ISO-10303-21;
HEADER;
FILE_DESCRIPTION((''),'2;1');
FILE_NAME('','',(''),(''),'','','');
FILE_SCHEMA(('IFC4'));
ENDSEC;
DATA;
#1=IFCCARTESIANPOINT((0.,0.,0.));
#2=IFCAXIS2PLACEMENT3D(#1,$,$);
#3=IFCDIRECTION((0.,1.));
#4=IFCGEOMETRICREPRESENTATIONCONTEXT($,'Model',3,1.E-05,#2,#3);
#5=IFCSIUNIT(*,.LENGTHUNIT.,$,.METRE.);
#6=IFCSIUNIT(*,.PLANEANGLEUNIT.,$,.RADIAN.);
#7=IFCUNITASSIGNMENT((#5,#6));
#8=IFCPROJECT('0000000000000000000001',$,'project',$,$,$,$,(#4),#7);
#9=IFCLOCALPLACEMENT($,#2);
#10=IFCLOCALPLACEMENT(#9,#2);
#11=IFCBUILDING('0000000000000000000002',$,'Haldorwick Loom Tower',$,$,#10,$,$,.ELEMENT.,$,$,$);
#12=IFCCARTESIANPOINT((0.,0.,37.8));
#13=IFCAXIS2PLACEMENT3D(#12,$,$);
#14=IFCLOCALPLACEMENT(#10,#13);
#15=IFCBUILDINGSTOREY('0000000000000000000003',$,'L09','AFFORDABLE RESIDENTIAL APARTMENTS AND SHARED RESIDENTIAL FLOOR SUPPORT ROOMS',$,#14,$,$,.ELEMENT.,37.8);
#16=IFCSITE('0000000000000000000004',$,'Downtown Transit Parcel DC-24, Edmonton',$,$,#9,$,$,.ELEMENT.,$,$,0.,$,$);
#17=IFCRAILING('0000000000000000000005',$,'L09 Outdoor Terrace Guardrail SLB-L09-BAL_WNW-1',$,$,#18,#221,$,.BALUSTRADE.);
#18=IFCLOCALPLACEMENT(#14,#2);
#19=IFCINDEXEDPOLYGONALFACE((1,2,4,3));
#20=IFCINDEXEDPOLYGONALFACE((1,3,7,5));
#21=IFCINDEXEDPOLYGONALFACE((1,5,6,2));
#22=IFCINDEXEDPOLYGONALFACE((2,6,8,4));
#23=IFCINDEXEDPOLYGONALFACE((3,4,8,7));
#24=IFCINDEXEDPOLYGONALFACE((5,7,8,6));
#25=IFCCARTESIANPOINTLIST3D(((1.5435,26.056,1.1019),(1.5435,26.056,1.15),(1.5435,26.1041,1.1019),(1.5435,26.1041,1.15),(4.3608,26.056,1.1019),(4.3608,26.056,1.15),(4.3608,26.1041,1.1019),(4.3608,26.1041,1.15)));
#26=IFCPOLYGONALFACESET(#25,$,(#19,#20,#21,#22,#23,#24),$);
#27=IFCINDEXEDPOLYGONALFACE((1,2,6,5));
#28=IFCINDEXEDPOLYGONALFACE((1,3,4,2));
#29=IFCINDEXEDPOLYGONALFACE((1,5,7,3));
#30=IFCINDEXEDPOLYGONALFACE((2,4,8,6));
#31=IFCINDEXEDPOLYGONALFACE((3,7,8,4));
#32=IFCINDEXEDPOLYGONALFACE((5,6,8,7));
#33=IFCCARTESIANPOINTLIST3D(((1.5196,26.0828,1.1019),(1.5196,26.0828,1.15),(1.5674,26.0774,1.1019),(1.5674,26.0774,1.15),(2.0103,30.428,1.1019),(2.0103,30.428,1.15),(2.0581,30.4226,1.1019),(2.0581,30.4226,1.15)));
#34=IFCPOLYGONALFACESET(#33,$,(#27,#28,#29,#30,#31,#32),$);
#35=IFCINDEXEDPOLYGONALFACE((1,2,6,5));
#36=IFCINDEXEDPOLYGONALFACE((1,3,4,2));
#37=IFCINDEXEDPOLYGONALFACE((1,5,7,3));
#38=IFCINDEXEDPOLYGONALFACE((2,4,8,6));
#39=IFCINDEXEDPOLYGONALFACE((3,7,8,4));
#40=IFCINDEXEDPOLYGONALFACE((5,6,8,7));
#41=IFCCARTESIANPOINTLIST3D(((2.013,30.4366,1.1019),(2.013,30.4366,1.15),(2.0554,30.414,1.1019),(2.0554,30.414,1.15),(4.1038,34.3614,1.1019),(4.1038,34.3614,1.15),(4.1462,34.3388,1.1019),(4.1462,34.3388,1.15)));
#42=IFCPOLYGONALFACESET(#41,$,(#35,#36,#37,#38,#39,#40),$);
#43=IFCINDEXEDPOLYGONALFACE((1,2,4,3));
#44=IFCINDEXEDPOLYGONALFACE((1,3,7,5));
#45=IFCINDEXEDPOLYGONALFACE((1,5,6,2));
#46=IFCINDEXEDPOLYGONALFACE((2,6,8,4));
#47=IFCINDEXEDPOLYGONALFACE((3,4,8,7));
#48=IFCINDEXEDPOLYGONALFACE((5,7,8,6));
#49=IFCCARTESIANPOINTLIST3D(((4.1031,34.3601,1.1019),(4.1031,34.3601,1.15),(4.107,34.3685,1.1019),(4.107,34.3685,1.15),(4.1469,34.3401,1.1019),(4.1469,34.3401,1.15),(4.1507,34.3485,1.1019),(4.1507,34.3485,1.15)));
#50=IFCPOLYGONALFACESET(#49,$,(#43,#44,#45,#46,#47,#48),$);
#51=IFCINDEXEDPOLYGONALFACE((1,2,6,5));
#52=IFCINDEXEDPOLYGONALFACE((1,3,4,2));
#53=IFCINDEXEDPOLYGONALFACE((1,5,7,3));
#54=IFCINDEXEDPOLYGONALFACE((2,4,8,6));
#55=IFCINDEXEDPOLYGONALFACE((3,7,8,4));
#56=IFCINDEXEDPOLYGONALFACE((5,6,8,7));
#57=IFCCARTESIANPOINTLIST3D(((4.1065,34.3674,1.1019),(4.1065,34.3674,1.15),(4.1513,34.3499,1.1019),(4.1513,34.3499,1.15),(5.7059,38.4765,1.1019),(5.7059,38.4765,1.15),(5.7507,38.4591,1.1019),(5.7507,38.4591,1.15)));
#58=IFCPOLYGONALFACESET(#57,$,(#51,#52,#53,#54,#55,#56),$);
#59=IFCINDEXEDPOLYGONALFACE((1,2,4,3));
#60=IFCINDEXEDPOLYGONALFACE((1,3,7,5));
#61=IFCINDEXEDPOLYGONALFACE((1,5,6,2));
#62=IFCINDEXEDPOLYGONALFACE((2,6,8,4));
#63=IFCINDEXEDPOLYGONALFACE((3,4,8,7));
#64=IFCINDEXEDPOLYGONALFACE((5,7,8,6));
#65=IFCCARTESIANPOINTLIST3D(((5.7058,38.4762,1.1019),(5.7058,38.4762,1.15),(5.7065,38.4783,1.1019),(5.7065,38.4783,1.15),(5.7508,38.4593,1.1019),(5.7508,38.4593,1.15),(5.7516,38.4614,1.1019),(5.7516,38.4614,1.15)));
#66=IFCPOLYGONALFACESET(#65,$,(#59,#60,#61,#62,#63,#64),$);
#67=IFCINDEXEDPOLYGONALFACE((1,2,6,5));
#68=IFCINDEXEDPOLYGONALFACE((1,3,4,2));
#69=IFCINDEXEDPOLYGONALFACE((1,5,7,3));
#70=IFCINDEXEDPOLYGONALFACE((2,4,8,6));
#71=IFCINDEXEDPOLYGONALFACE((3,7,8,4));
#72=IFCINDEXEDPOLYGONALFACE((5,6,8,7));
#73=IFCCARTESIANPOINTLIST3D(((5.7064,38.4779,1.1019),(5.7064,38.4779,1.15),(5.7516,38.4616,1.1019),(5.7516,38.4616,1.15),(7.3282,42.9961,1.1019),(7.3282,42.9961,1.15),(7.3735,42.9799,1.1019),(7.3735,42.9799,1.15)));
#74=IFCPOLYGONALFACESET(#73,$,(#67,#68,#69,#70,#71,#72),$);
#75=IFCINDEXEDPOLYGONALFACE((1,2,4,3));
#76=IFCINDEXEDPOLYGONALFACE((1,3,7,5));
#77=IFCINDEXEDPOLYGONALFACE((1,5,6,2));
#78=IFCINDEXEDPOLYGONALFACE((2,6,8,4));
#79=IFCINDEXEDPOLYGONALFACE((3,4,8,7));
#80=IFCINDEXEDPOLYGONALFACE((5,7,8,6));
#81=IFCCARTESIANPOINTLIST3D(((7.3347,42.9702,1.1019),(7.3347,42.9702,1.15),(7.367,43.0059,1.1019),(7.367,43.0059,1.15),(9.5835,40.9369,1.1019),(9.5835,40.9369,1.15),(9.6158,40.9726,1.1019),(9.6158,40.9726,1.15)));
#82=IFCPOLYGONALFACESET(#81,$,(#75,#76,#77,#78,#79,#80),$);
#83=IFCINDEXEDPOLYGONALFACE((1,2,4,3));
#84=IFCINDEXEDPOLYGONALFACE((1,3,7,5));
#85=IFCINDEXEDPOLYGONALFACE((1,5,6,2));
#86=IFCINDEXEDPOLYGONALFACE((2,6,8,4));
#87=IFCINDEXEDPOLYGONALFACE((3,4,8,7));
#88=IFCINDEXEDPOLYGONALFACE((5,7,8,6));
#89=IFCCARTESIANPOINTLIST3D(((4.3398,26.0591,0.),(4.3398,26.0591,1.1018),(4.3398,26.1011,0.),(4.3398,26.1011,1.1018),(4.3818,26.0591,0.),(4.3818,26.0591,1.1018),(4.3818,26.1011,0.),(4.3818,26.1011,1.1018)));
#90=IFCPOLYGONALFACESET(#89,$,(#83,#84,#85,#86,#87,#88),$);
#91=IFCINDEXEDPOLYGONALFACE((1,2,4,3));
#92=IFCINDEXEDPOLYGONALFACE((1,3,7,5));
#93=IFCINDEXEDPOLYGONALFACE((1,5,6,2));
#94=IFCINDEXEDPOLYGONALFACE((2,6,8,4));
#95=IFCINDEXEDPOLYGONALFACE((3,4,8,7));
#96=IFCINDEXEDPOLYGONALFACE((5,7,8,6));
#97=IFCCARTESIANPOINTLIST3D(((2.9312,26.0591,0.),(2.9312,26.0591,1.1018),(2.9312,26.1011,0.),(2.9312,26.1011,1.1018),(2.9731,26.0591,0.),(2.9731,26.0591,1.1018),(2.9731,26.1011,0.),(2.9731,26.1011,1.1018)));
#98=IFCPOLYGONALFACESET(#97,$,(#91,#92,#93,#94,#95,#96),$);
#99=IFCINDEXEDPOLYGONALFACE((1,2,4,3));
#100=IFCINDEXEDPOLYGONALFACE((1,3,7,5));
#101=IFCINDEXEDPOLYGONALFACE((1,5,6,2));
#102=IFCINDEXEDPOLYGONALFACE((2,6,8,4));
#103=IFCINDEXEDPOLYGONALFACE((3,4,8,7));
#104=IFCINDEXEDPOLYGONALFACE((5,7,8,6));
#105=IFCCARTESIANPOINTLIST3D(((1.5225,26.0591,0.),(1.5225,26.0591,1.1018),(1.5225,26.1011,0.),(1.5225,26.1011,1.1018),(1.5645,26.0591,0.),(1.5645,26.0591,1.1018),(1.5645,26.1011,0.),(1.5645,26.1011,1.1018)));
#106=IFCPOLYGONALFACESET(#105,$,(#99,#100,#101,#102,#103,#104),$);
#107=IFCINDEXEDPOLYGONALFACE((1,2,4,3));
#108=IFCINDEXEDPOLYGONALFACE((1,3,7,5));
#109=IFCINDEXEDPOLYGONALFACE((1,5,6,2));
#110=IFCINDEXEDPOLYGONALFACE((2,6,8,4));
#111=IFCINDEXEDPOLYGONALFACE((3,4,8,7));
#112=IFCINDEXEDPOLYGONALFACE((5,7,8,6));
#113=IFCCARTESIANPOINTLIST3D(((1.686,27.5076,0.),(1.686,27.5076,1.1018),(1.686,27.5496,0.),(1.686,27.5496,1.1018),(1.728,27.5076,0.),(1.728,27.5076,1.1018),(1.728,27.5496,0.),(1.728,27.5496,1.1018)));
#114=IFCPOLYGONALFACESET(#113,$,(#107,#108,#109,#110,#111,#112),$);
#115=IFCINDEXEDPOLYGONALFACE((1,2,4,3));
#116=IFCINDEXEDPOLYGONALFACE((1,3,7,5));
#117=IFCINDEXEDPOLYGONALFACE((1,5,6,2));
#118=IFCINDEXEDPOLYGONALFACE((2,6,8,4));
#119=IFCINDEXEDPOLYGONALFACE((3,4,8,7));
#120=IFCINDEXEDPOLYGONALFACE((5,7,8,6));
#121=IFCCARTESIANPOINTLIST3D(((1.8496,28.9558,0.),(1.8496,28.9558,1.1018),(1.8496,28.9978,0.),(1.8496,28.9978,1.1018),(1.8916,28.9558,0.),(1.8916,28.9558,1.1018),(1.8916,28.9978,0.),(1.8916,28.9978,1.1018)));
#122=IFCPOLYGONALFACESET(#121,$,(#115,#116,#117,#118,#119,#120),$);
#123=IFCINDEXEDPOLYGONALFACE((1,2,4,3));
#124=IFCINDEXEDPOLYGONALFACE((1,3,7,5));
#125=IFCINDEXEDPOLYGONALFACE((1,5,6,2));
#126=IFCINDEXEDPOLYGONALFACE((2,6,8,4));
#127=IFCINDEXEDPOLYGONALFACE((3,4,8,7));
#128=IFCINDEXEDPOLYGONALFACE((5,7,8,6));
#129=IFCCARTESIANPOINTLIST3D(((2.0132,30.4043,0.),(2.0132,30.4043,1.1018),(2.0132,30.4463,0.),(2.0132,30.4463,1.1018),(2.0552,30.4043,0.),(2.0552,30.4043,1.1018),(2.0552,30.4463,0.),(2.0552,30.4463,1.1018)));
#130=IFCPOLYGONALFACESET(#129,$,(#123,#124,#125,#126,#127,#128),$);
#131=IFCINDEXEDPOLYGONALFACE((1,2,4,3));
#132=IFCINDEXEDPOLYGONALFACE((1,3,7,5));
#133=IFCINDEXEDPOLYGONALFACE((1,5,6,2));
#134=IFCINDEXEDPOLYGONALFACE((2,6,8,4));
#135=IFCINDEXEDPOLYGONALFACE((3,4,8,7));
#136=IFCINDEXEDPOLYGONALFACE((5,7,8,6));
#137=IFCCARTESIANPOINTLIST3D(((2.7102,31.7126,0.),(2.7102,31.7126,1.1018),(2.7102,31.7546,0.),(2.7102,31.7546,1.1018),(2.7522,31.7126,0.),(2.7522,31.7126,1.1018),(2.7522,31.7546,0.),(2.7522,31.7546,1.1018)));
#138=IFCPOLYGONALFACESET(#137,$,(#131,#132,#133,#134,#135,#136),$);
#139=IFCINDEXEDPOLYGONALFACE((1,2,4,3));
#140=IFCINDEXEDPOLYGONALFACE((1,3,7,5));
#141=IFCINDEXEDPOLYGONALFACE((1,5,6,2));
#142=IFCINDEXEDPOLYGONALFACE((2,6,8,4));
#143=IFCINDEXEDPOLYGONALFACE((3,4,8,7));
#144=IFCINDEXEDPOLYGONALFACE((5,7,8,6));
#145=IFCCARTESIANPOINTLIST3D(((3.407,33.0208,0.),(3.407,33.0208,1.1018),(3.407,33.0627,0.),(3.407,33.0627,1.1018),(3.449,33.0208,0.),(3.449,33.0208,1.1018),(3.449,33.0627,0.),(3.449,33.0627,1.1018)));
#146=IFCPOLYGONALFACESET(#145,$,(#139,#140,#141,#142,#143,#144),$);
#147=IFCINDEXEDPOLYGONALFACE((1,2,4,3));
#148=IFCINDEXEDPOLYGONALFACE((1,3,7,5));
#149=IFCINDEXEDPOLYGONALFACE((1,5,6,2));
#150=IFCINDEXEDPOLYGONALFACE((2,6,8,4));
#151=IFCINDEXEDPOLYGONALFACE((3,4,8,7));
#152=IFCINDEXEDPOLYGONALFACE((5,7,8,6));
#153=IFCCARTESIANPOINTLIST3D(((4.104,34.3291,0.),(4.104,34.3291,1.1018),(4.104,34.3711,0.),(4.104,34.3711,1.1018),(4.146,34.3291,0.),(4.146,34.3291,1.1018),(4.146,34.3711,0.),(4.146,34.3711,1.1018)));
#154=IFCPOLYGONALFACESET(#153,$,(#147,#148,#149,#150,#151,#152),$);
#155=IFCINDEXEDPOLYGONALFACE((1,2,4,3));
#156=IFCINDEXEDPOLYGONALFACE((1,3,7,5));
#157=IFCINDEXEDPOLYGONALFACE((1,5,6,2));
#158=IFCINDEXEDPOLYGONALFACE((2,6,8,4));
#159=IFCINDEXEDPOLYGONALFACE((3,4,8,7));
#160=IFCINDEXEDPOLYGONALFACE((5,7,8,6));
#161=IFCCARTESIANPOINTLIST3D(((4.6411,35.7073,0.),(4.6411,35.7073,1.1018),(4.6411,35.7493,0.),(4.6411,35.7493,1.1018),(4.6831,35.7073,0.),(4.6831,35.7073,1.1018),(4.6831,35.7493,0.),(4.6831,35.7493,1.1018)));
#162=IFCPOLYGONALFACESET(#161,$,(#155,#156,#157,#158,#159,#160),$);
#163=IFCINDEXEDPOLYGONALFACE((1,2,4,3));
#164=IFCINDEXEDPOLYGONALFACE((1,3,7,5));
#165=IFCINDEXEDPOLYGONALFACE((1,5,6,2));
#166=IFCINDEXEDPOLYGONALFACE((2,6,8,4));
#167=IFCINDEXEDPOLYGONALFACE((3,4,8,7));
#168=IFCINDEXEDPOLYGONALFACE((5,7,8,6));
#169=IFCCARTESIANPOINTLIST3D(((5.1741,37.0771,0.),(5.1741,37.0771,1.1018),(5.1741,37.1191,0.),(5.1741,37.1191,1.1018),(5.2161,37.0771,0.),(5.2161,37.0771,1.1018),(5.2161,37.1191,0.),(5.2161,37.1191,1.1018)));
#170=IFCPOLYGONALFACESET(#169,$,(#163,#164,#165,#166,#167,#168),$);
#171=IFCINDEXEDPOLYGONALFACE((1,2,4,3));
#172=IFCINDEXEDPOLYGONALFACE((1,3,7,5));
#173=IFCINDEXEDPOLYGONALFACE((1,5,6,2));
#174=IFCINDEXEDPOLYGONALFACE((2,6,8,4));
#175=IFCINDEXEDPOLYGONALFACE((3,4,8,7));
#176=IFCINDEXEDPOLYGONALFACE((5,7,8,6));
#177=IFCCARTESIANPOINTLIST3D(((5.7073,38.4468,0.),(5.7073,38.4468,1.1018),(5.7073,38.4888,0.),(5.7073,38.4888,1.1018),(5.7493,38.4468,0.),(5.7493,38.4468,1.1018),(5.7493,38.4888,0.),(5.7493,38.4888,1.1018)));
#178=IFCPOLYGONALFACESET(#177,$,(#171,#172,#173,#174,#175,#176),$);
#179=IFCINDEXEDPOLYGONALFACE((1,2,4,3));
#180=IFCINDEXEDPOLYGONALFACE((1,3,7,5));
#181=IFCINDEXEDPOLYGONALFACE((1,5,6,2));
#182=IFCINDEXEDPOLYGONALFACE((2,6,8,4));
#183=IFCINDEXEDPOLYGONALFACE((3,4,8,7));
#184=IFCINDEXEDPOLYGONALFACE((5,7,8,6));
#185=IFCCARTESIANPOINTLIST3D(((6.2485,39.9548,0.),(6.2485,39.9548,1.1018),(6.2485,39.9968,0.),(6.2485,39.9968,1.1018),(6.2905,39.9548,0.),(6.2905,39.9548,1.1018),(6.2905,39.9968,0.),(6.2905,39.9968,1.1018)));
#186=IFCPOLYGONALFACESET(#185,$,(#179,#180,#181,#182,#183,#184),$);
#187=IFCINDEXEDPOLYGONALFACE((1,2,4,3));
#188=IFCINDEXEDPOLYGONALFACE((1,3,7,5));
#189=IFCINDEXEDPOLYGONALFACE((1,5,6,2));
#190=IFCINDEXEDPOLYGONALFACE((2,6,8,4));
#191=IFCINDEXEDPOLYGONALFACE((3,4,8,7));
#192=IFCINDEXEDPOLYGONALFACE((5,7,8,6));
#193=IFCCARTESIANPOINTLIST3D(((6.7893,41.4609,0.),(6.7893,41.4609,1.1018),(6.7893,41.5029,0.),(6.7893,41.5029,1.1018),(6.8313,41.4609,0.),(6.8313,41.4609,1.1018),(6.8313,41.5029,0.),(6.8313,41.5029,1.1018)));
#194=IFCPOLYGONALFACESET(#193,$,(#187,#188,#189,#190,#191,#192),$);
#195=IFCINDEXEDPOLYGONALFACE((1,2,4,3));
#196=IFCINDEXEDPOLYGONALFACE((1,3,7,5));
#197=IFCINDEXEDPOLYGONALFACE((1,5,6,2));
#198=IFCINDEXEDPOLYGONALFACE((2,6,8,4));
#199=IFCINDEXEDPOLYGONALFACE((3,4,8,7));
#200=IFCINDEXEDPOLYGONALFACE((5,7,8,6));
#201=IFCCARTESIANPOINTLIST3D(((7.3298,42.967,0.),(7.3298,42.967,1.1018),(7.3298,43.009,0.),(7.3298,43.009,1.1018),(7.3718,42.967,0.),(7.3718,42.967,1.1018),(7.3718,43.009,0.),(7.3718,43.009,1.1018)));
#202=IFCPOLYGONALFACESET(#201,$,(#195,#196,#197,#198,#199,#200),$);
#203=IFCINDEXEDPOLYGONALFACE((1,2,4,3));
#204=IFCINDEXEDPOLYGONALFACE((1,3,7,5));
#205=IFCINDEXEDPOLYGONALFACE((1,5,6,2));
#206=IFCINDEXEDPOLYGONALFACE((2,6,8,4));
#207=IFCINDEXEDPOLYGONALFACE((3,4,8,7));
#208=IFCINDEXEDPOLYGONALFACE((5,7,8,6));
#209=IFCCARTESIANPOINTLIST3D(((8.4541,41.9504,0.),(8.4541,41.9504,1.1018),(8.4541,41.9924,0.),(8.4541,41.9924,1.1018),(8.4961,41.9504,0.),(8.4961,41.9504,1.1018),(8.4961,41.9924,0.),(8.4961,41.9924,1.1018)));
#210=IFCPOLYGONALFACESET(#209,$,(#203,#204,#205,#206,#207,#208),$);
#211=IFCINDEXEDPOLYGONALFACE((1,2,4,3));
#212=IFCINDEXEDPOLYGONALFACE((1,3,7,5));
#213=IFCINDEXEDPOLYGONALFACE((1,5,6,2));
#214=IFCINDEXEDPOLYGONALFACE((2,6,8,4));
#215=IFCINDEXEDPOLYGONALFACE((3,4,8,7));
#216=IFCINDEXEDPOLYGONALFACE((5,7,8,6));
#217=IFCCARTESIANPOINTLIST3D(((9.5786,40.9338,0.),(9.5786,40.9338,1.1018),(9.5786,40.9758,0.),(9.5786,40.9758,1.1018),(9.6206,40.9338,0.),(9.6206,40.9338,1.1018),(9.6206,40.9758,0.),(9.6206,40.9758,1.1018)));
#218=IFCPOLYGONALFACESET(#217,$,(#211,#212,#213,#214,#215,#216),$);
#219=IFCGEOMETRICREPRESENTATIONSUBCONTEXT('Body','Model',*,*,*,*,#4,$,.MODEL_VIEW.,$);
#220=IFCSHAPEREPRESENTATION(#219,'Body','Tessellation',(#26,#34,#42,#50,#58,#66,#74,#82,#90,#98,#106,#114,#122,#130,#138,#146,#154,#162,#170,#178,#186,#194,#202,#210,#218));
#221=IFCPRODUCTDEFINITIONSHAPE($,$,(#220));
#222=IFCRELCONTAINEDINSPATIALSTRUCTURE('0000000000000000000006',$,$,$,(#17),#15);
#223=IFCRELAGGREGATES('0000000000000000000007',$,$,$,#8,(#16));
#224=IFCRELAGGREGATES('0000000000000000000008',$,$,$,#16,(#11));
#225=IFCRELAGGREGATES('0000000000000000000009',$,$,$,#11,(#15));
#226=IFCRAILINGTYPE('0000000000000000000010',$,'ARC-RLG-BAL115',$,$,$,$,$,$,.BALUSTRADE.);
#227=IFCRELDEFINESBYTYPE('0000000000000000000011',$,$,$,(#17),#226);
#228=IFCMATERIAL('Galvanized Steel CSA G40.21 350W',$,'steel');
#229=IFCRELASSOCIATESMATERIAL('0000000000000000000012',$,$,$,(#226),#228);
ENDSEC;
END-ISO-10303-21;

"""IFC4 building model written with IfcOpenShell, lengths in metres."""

from ifc_helpers import new_model, si_unit, direction, frame, origin, origin_2d, place, context, subcontext, project, spatial, rectangle, extrude, material, type_object, element, save


model = new_model("IFC4")

# Units and contexts
model_context = context("Model", 3, precision=1e-05, world=origin(), true_north=direction((0.0, 1.0)))
body_context = subcontext(model_context, "Body", "Model", "MODEL_VIEW")
ifc_project = project(units=[si_unit("LENGTHUNIT", "METRE"), si_unit("PLANEANGLEUNIT", "RADIAN")], contexts=[model_context])

# Site, building, storey
site_placement = place(None, origin())
site = spatial("IfcSite", under=ifc_project, at=site_placement, Name="Downtown Transit Parcel DC-24, Edmonton", CompositionType="ELEMENT", RefElevation=0.0)
building_placement = place(site_placement, origin())
building = spatial("IfcBuilding", under=site, at=building_placement, Name="Haldorwick Loom Tower", CompositionType="ELEMENT")
storey_placement = place(building_placement, frame((0.0, 0.0, 37.8)))
storey = spatial("IfcBuildingStorey", under=building, at=storey_placement, Name="L09", Description="AFFORDABLE RESIDENTIAL APARTMENTS AND SHARED RESIDENTIAL FLOOR SUPPORT ROOMS", CompositionType="ELEMENT", Elevation=37.8)

# Railing
ifc_material_1 = material(Name="Galvanized Steel CSA G40.21 350W", Category="steel")
railing_type = type_object("IfcRailingType", Name="ARC-RLG-BAL115", PredefinedType="BALUSTRADE", material=ifc_material_1)
railing_placement = place(storey_placement, frame((4.3608, 26.0801, 0.0)))
element("IfcRailing", 1, at=railing_placement, inside=storey, type_object=railing_type, Name="L09 Outdoor Terrace Guardrail SLB-L09-BAL_WNW-1", PredefinedType="BALUSTRADE", context=body_context, shape_type="SweptSolid", body=[
    extrude(rectangle(XDim=0.0481, YDim=0.0481, at=origin_2d()), frame((0.0, 0.0, 1.126), z_axis=(-1.0, 0.0, 0.0), x_axis=(0.0, -1.0, 0.0)), (0.0, 0.0, 1.0), 2.8174),
    extrude(rectangle(XDim=0.0481, YDim=0.0481, at=origin_2d()), frame((-2.8174, 0.0, 1.126), z_axis=(0.112221, 0.993683, 0.0), x_axis=(-0.993683, 0.112221, 0.0)), (0.0, 0.0, 1.0), 4.3728),
    extrude(rectangle(XDim=0.0481, YDim=0.0481, at=origin_2d()), frame((-2.3267, 4.3452, 1.126), z_axis=(0.470166, 0.882578, 0.0), x_axis=(-0.882578, 0.470166, 0.0)), (0.0, 0.0, 1.0), 4.447),
    extrude(rectangle(XDim=0.0481, YDim=0.0481, at=origin_2d()), frame((-0.2358, 8.27, 1.126), z_axis=(0.41576, 0.909474, 0.0), x_axis=(-0.909474, 0.41576, 0.0)), (0.0, 0.0, 1.0), 0.0093),
    extrude(rectangle(XDim=0.0481, YDim=0.0481, at=origin_2d()), frame((-0.2319, 8.2786, 1.126), z_axis=(0.362716, 0.9319, 0.0), x_axis=(-0.9319, 0.362716, 0.0)), (0.0, 0.0, 1.0), 4.4094),
    extrude(rectangle(XDim=0.0481, YDim=0.0481, at=origin_2d()), frame((1.3674, 12.3877, 1.126), z_axis=(0.351123, 0.936329, 0.0), x_axis=(-0.936329, 0.351123, 0.0)), (0.0, 0.0, 1.0), 0.0022),
    extrude(rectangle(XDim=0.0481, YDim=0.0481, at=origin_2d()), frame((1.3682, 12.3896, 1.126), z_axis=(0.33784, 0.941203, 0.0), x_axis=(-0.941203, 0.33784, 0.0)), (0.0, 0.0, 1.0), 4.8005),
    extrude(rectangle(XDim=0.0481, YDim=0.0481, at=origin_2d()), frame((2.99, 16.908, 1.126), z_axis=(0.741767, -0.670658, 0.0), x_axis=(0.670658, 0.741767, 0.0)), (0.0, 0.0, 1.0), 3.0317),
    extrude(rectangle(XDim=0.042, YDim=0.042, at=origin_2d()), origin(), (0.0, 0.0, 1.0), 1.1018),
    extrude(rectangle(XDim=0.042, YDim=0.042, at=origin_2d()), frame((-1.4087, 0.0, 0.0)), (0.0, 0.0, 1.0), 1.1018),
    extrude(rectangle(XDim=0.042, YDim=0.042, at=origin_2d()), frame((-2.8174, 0.0, 0.0)), (0.0, 0.0, 1.0), 1.1018),
    extrude(rectangle(XDim=0.042, YDim=0.042, at=origin_2d()), frame((-2.6538, 1.4485, 0.0)), (0.0, 0.0, 1.0), 1.1018),
    extrude(rectangle(XDim=0.042, YDim=0.042, at=origin_2d()), frame((-2.4902, 2.8967, 0.0)), (0.0, 0.0, 1.0), 1.1018),
    extrude(rectangle(XDim=0.042, YDim=0.042, at=origin_2d()), frame((-2.3267, 4.3452, 0.0)), (0.0, 0.0, 1.0), 1.1018),
    extrude(rectangle(XDim=0.042, YDim=0.042, at=origin_2d()), frame((-1.6296, 5.6536, 0.0)), (0.0, 0.0, 1.0), 1.1018),
    extrude(rectangle(XDim=0.042, YDim=0.042, at=origin_2d()), frame((-0.9329, 6.9617, 0.0)), (0.0, 0.0, 1.0), 1.1018),
    extrude(rectangle(XDim=0.042, YDim=0.042, at=origin_2d()), frame((-0.2358, 8.27, 0.0)), (0.0, 0.0, 1.0), 1.1018),
    extrude(rectangle(XDim=0.042, YDim=0.042, at=origin_2d()), frame((0.3013, 9.6482, 0.0)), (0.0, 0.0, 1.0), 1.1018),
    extrude(rectangle(XDim=0.042, YDim=0.042, at=origin_2d()), frame((0.8342, 11.0181, 0.0)), (0.0, 0.0, 1.0), 1.1018),
    extrude(rectangle(XDim=0.042, YDim=0.042, at=origin_2d()), frame((1.3674, 12.3877, 0.0)), (0.0, 0.0, 1.0), 1.1018),
    extrude(rectangle(XDim=0.042, YDim=0.042, at=origin_2d()), frame((1.9087, 13.8958, 0.0)), (0.0, 0.0, 1.0), 1.1018),
    extrude(rectangle(XDim=0.042, YDim=0.042, at=origin_2d()), frame((2.4495, 15.4019, 0.0)), (0.0, 0.0, 1.0), 1.1018),
    extrude(rectangle(XDim=0.042, YDim=0.042, at=origin_2d()), frame((2.99, 16.908, 0.0)), (0.0, 0.0, 1.0), 1.1018),
    extrude(rectangle(XDim=0.042, YDim=0.042, at=origin_2d()), frame((4.1143, 15.8914, 0.0)), (0.0, 0.0, 1.0), 1.1018),
    extrude(rectangle(XDim=0.042, YDim=0.042, at=origin_2d()), frame((5.2388, 14.8748, 0.0)), (0.0, 0.0, 1.0), 1.1018),
])

save(model, "model.ifc")
